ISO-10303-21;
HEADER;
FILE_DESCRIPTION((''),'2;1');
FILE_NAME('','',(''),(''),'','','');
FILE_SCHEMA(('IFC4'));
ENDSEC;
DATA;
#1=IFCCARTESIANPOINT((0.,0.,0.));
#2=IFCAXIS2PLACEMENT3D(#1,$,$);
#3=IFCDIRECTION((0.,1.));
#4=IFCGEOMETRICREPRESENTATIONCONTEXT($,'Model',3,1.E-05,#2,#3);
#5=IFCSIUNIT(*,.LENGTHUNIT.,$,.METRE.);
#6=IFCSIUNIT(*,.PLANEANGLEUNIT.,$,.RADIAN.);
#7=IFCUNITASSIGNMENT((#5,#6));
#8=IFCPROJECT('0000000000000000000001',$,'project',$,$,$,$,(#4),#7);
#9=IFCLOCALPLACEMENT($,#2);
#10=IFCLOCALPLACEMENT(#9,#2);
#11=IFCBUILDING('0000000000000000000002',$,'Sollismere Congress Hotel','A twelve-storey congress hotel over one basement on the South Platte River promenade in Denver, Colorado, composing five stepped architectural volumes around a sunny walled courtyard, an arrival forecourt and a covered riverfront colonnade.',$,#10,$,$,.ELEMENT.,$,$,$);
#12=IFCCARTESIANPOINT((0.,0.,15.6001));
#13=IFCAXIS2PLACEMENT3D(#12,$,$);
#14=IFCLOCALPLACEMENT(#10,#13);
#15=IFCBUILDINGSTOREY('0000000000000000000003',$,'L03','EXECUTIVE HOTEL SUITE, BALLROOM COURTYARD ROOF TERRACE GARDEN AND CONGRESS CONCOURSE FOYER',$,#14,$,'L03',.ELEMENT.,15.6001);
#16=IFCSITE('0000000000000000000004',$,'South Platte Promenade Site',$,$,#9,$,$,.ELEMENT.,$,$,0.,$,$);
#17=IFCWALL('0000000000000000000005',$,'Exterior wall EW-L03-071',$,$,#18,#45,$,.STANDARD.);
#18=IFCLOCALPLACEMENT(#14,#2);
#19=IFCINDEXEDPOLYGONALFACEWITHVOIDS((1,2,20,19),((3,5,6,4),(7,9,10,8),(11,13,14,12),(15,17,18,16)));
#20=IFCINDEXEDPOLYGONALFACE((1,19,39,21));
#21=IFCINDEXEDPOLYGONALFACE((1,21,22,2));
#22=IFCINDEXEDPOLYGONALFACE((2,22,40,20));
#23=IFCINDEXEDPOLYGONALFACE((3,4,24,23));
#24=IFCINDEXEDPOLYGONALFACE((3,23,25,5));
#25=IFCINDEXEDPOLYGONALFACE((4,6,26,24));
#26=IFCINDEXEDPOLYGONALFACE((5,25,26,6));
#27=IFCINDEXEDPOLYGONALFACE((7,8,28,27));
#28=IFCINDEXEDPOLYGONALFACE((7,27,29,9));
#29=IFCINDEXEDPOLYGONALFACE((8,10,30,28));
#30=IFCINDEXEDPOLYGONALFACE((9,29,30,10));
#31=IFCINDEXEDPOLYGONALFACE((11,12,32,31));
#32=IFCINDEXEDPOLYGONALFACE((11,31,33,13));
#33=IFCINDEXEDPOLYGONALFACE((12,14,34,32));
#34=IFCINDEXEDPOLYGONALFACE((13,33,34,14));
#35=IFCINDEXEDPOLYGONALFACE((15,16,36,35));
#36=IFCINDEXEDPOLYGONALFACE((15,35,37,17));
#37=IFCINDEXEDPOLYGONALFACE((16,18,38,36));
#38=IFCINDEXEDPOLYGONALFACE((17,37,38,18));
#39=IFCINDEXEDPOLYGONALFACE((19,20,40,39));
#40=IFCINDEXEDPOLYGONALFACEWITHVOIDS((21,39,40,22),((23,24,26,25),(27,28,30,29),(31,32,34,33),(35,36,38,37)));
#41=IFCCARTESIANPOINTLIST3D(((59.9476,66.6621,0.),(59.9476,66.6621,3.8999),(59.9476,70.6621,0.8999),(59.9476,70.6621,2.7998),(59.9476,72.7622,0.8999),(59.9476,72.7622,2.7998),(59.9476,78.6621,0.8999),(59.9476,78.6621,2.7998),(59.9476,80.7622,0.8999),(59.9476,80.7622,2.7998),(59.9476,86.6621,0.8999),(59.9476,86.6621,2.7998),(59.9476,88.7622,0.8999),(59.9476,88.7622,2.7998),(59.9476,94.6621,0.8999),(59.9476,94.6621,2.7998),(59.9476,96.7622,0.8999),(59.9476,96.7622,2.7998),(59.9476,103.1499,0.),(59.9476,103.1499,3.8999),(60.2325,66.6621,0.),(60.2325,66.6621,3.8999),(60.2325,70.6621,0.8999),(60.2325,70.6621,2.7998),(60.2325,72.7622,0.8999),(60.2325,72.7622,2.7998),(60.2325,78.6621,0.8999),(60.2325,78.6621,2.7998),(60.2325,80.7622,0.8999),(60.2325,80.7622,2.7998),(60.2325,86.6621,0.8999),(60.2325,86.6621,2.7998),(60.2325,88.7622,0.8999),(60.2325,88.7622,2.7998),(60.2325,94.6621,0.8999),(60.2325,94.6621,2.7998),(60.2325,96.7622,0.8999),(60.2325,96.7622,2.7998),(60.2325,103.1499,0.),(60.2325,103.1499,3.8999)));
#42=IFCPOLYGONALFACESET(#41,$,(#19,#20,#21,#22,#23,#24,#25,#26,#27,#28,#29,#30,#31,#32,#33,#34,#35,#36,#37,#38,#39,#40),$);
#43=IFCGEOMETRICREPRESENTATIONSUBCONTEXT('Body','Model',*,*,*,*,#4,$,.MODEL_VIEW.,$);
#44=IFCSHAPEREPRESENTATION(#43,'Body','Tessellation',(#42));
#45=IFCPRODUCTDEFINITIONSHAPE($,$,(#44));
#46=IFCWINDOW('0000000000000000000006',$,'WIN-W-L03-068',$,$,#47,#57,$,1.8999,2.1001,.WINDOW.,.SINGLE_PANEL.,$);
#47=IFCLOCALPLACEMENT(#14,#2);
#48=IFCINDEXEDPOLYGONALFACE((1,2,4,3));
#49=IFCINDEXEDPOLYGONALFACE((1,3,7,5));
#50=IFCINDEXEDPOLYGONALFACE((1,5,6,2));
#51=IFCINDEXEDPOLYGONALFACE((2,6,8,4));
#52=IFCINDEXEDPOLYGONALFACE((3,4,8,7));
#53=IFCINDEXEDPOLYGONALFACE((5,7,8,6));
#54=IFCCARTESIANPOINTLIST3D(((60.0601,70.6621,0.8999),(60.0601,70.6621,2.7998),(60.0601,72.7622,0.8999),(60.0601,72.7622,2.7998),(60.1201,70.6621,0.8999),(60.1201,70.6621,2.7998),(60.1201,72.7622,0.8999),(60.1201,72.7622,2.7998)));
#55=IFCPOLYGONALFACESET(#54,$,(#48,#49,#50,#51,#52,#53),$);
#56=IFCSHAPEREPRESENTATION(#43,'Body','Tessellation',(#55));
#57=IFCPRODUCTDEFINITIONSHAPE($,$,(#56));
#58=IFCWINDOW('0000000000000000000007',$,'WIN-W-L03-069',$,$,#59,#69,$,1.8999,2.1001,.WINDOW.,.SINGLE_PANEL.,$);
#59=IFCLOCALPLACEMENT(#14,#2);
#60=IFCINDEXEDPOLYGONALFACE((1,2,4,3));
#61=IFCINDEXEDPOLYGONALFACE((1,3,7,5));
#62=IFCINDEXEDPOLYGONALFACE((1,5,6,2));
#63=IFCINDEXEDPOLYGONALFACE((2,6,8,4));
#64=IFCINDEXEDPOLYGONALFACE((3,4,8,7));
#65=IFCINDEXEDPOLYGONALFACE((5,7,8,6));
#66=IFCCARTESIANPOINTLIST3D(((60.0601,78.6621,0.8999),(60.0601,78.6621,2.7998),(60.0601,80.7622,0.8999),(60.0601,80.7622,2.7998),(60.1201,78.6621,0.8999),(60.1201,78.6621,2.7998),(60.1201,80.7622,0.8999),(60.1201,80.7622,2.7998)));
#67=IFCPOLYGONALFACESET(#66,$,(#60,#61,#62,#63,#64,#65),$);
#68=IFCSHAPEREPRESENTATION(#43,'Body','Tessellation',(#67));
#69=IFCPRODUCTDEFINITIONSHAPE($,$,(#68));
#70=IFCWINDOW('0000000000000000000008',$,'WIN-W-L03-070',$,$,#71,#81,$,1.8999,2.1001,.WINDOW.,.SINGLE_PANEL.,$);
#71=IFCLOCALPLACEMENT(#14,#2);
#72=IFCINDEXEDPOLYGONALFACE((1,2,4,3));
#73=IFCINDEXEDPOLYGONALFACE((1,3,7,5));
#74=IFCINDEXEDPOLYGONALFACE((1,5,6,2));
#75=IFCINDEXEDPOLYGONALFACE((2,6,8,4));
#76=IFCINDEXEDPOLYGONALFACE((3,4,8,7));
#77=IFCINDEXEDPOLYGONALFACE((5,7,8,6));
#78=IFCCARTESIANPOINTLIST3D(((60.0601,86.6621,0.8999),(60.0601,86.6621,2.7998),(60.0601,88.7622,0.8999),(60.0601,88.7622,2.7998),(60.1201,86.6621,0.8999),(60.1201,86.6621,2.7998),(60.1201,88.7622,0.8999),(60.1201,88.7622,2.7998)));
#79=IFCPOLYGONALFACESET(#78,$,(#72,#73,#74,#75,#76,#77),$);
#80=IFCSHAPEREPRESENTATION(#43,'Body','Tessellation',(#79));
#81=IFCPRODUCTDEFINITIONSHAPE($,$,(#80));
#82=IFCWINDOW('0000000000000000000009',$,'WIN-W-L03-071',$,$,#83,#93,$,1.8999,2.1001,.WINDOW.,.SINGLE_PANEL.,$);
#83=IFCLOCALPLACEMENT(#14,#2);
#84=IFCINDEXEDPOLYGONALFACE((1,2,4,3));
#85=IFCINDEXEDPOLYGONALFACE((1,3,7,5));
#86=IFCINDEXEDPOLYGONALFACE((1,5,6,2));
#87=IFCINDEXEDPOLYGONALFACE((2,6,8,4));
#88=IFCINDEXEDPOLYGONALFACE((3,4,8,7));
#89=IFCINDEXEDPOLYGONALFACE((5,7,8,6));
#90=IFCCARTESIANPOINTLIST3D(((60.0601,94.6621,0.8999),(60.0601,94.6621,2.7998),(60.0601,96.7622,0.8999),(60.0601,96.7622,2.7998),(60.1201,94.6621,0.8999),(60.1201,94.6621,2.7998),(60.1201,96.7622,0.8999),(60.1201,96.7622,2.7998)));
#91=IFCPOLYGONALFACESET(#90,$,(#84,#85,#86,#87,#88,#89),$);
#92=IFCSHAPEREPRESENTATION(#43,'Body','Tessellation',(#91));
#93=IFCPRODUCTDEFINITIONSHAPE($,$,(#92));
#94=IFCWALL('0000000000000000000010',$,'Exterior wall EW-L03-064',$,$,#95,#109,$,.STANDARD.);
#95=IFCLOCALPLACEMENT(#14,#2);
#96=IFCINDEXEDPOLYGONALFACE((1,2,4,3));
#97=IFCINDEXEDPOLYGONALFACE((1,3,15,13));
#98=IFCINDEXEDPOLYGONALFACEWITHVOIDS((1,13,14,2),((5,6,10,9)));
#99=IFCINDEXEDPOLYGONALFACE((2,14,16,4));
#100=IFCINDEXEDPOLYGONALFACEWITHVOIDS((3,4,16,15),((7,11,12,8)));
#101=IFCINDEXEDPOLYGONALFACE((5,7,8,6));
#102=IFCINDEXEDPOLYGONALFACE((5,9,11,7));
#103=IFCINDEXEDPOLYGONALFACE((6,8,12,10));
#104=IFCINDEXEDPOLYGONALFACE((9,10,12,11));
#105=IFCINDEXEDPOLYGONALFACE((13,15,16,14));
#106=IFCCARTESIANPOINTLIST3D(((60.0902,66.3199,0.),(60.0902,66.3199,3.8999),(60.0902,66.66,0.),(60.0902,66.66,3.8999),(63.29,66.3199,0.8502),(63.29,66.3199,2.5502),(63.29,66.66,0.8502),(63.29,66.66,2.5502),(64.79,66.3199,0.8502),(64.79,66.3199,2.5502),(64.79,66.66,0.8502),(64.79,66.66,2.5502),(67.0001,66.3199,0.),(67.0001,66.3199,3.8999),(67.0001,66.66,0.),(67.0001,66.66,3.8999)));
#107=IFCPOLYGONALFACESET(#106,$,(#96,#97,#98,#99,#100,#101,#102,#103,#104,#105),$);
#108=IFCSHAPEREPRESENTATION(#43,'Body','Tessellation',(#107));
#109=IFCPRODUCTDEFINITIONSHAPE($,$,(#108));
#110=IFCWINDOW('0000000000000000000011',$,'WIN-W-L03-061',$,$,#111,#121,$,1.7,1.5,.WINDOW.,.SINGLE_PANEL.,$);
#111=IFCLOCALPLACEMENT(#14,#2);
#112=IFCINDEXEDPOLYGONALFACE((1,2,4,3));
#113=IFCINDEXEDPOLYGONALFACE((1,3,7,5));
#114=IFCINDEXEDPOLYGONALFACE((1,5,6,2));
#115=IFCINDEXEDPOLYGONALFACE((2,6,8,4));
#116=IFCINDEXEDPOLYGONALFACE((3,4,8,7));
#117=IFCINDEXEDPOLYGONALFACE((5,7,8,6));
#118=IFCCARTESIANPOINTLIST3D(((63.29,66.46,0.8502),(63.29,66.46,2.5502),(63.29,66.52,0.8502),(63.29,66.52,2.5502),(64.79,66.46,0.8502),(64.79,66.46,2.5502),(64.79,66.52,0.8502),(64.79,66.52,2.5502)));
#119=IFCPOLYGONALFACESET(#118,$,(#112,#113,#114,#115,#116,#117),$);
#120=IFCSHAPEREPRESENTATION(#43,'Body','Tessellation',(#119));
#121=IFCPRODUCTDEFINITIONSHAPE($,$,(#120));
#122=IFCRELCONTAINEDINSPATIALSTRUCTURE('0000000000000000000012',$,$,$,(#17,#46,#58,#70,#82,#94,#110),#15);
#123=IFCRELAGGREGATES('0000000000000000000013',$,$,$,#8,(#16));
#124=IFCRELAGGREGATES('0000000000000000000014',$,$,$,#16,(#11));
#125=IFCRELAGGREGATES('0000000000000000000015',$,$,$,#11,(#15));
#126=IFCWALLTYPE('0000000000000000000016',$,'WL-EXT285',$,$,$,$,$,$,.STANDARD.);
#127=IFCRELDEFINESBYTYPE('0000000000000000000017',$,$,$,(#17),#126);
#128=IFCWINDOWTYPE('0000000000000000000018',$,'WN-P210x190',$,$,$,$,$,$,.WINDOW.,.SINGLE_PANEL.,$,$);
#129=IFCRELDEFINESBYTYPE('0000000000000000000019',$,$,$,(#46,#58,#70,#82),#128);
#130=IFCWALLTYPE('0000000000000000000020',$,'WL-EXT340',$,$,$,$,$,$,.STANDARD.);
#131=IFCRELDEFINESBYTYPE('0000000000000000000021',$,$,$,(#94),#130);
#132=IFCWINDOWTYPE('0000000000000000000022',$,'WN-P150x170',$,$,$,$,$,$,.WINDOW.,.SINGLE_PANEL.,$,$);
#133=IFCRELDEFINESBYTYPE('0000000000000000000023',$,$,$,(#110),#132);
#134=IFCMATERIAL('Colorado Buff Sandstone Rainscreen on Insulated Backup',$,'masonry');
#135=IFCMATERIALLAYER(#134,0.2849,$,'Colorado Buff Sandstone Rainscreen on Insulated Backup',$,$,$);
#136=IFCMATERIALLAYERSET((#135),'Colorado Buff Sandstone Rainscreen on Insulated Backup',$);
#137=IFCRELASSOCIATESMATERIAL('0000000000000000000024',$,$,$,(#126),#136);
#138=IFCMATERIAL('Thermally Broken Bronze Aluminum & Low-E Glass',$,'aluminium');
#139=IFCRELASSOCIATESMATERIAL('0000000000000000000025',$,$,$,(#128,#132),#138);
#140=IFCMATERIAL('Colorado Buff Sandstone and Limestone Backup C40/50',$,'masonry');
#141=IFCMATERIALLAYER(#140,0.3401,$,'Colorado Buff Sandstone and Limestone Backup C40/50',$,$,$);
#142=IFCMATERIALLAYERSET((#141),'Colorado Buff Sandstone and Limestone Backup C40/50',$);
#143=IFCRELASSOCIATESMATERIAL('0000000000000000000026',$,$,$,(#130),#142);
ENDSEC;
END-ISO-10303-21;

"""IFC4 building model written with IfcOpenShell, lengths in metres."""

from ifc_helpers import new_model, si_unit, direction, frame, frame_2d, origin, place, context, subcontext, project, spatial, rectangle, extrude, material, layer, layer_set, type_object, element, fill, save


model = new_model("IFC4")

# Units and contexts
model_context = context("Model", 3, precision=1e-05, world=origin(), true_north=direction((0.0, 1.0)))
body_context = subcontext(model_context, "Body", "Model", "MODEL_VIEW")
ifc_project = project(units=[si_unit("LENGTHUNIT", "METRE"), si_unit("PLANEANGLEUNIT", "RADIAN")], contexts=[model_context])

# Site, building, storey
site_placement = place(None, origin())
site = spatial("IfcSite", under=ifc_project, at=site_placement, Name="South Platte Promenade Site", CompositionType="ELEMENT", RefElevation=0.0)
building_placement = place(site_placement, origin())
building = spatial("IfcBuilding", under=site, at=building_placement, Name="Sollismere Congress Hotel", Description="A twelve-storey congress hotel over one basement on the South Platte River promenade in Denver, Colorado, composing five stepped architectural volumes around a sunny walled courtyard, an arrival forecourt and a covered riverfront colonnade.", CompositionType="ELEMENT")
storey_placement = place(building_placement, frame((0.0, 0.0, 15.6001)))
storey = spatial("IfcBuildingStorey", under=building, at=storey_placement, Name="L03", Description="EXECUTIVE HOTEL SUITE, BALLROOM COURTYARD ROOF TERRACE GARDEN AND CONGRESS CONCOURSE FOYER", LongName="L03", CompositionType="ELEMENT", Elevation=15.6001)

# Wall, openings, windows
ifc_material_1 = material(Name="Colorado Buff Sandstone Rainscreen on Insulated Backup", Category="masonry")
ifc_layer_1 = layer(ifc_material_1, 0.2849, Name="Colorado Buff Sandstone Rainscreen on Insulated Backup")
ifc_layer_set_1 = layer_set([ifc_layer_1], Name="Colorado Buff Sandstone Rainscreen on Insulated Backup")
wall_type_1 = type_object("IfcWallType", Name="WL-EXT285", PredefinedType="STANDARD", material=ifc_layer_set_1)
wall_1_placement = place(storey_placement, frame((60.0901, 66.6621, 0.0), z_axis=(0.0, 0.0, 1.0), x_axis=(0.0, 1.0, 0.0)))
wall_1 = element("IfcWall", 1, at=wall_1_placement, inside=storey, type_object=wall_type_1, Name="Exterior wall EW-L03-071", PredefinedType="STANDARD", context=body_context, shape_type="SweptSolid", body=[
    extrude(rectangle(XDim=36.4878, YDim=0.2849, at=frame_2d((18.2439, 0.0))), origin(), (0.0, 0.0, 1.0), 3.8999),
])
opening_1_placement = place(wall_1_placement, frame((4.0, 0.0, 0.8999)))
opening_1 = element("IfcOpeningElement", 2, at=opening_1_placement, cuts=wall_1, PredefinedType="OPENING", context=body_context, shape_type="SweptSolid", body=[
    extrude(rectangle(XDim=2.1001, YDim=1.8999, at=frame_2d((1.05, 0.95))), frame((0.0, 0.1523, 0.0), z_axis=(0.0, -1.0, 0.0), x_axis=(1.0, 0.0, 0.0)), (0.0, 0.0, 1.0), 0.3049),
])
opening_2_placement = place(wall_1_placement, frame((12.0, 0.0, 0.8999)))
opening_2 = element("IfcOpeningElement", 3, at=opening_2_placement, cuts=wall_1, PredefinedType="OPENING", context=body_context, shape_type="SweptSolid", body=[
    extrude(rectangle(XDim=2.1001, YDim=1.8999, at=frame_2d((1.05, 0.95))), frame((0.0, 0.1523, 0.0), z_axis=(0.0, -1.0, 0.0), x_axis=(1.0, 0.0, 0.0)), (0.0, 0.0, 1.0), 0.3049),
])
opening_3_placement = place(wall_1_placement, frame((20.0, 0.0, 0.8999)))
opening_3 = element("IfcOpeningElement", 4, at=opening_3_placement, cuts=wall_1, PredefinedType="OPENING", context=body_context, shape_type="SweptSolid", body=[
    extrude(rectangle(XDim=2.1001, YDim=1.8999, at=frame_2d((1.05, 0.95))), frame((0.0, 0.1523, 0.0), z_axis=(0.0, -1.0, 0.0), x_axis=(1.0, 0.0, 0.0)), (0.0, 0.0, 1.0), 0.3049),
])
opening_4_placement = place(wall_1_placement, frame((28.0, 0.0, 0.8999)))
opening_4 = element("IfcOpeningElement", 5, at=opening_4_placement, cuts=wall_1, PredefinedType="OPENING", context=body_context, shape_type="SweptSolid", body=[
    extrude(rectangle(XDim=2.1001, YDim=1.8999, at=frame_2d((1.05, 0.95))), frame((0.0, 0.1523, 0.0), z_axis=(0.0, -1.0, 0.0), x_axis=(1.0, 0.0, 0.0)), (0.0, 0.0, 1.0), 0.3049),
])
ifc_material_2 = material(Name="Thermally Broken Bronze Aluminum & Low-E Glass", Category="aluminium")
window_type_1 = type_object("IfcWindowType", Name="WN-P210x190", PartitioningType="SINGLE_PANEL", PredefinedType="WINDOW", material=ifc_material_2)
window_1_placement = place(opening_1_placement, origin())
window_1 = element("IfcWindow", 6, at=window_1_placement, inside=storey, type_object=window_type_1, Name="WIN-W-L03-068", OverallHeight=1.8999, OverallWidth=2.1001, PartitioningType="SINGLE_PANEL", PredefinedType="WINDOW", context=body_context, shape_type="SweptSolid", body=[
    extrude(rectangle(XDim=2.1001, YDim=1.8999, at=frame_2d((1.05, 0.95))), frame((0.0, 0.03, 0.0), z_axis=(0.0, -1.0, 0.0), x_axis=(1.0, 0.0, 0.0)), (0.0, 0.0, 1.0), 0.0601),
])
fill(opening_1, window_1)
window_2_placement = place(opening_2_placement, origin())
window_2 = element("IfcWindow", 7, at=window_2_placement, inside=storey, type_object=window_type_1, Name="WIN-W-L03-069", OverallHeight=1.8999, OverallWidth=2.1001, PartitioningType="SINGLE_PANEL", PredefinedType="WINDOW", context=body_context, shape_type="SweptSolid", body=[
    extrude(rectangle(XDim=2.1001, YDim=1.8999, at=frame_2d((1.05, 0.95))), frame((0.0, 0.03, 0.0), z_axis=(0.0, -1.0, 0.0), x_axis=(1.0, 0.0, 0.0)), (0.0, 0.0, 1.0), 0.0601),
])
fill(opening_2, window_2)
window_3_placement = place(opening_3_placement, origin())
window_3 = element("IfcWindow", 8, at=window_3_placement, inside=storey, type_object=window_type_1, Name="WIN-W-L03-070", OverallHeight=1.8999, OverallWidth=2.1001, PartitioningType="SINGLE_PANEL", PredefinedType="WINDOW", context=body_context, shape_type="SweptSolid", body=[
    extrude(rectangle(XDim=2.1001, YDim=1.8999, at=frame_2d((1.05, 0.95))), frame((0.0, 0.03, 0.0), z_axis=(0.0, -1.0, 0.0), x_axis=(1.0, 0.0, 0.0)), (0.0, 0.0, 1.0), 0.0601),
])
fill(opening_3, window_3)
window_4_placement = place(opening_4_placement, origin())
window_4 = element("IfcWindow", 9, at=window_4_placement, inside=storey, type_object=window_type_1, Name="WIN-W-L03-071", OverallHeight=1.8999, OverallWidth=2.1001, PartitioningType="SINGLE_PANEL", PredefinedType="WINDOW", context=body_context, shape_type="SweptSolid", body=[
    extrude(rectangle(XDim=2.1001, YDim=1.8999, at=frame_2d((1.05, 0.95))), frame((0.0, 0.03, 0.0), z_axis=(0.0, -1.0, 0.0), x_axis=(1.0, 0.0, 0.0)), (0.0, 0.0, 1.0), 0.0601),
])
fill(opening_4, window_4)

# Wall, opening, window
ifc_material_3 = material(Name="Colorado Buff Sandstone and Limestone Backup C40/50", Category="masonry")
ifc_layer_2 = layer(ifc_material_3, 0.3401, Name="Colorado Buff Sandstone and Limestone Backup C40/50")
ifc_layer_set_2 = layer_set([ifc_layer_2], Name="Colorado Buff Sandstone and Limestone Backup C40/50")
wall_type_2 = type_object("IfcWallType", Name="WL-EXT340", PredefinedType="STANDARD", material=ifc_layer_set_2)
wall_2_placement = place(storey_placement, frame((60.0901, 66.49, 0.0), z_axis=(0.0, 0.0, 1.0), x_axis=(1.0, 0.0, 0.0)))
wall_2 = element("IfcWall", 10, at=wall_2_placement, inside=storey, type_object=wall_type_2, Name="Exterior wall EW-L03-064", PredefinedType="STANDARD", context=body_context, shape_type="SweptSolid", body=[
    extrude(rectangle(XDim=6.9099, YDim=0.3401, at=frame_2d((3.4551, 0.0))), origin(), (0.0, 0.0, 1.0), 3.8999),
])
opening_5_placement = place(wall_2_placement, frame((3.2, 0.0, 0.8501)))
opening_5 = element("IfcOpeningElement", 11, at=opening_5_placement, cuts=wall_2, PredefinedType="OPENING", context=body_context, shape_type="SweptSolid", body=[
    extrude(rectangle(XDim=1.5, YDim=1.7, at=frame_2d((0.75, 0.8501))), frame((0.0, 0.1799, 0.0), z_axis=(0.0, -1.0, 0.0), x_axis=(1.0, 0.0, 0.0)), (0.0, 0.0, 1.0), 0.3601),
])
window_type_2 = type_object("IfcWindowType", Name="WN-P150x170", PartitioningType="SINGLE_PANEL", PredefinedType="WINDOW", material=ifc_material_2)
window_5_placement = place(opening_5_placement, origin())
window_5 = element("IfcWindow", 12, at=window_5_placement, inside=storey, type_object=window_type_2, Name="WIN-W-L03-061", OverallHeight=1.7, OverallWidth=1.5, PartitioningType="SINGLE_PANEL", PredefinedType="WINDOW", context=body_context, shape_type="SweptSolid", body=[
    extrude(rectangle(XDim=1.5, YDim=1.7, at=frame_2d((0.75, 0.8501))), frame((0.0, 0.03, 0.0), z_axis=(0.0, -1.0, 0.0), x_axis=(1.0, 0.0, 0.0)), (0.0, 0.0, 1.0), 0.0601),
])
fill(opening_5, window_5)

save(model, "model.ifc")
